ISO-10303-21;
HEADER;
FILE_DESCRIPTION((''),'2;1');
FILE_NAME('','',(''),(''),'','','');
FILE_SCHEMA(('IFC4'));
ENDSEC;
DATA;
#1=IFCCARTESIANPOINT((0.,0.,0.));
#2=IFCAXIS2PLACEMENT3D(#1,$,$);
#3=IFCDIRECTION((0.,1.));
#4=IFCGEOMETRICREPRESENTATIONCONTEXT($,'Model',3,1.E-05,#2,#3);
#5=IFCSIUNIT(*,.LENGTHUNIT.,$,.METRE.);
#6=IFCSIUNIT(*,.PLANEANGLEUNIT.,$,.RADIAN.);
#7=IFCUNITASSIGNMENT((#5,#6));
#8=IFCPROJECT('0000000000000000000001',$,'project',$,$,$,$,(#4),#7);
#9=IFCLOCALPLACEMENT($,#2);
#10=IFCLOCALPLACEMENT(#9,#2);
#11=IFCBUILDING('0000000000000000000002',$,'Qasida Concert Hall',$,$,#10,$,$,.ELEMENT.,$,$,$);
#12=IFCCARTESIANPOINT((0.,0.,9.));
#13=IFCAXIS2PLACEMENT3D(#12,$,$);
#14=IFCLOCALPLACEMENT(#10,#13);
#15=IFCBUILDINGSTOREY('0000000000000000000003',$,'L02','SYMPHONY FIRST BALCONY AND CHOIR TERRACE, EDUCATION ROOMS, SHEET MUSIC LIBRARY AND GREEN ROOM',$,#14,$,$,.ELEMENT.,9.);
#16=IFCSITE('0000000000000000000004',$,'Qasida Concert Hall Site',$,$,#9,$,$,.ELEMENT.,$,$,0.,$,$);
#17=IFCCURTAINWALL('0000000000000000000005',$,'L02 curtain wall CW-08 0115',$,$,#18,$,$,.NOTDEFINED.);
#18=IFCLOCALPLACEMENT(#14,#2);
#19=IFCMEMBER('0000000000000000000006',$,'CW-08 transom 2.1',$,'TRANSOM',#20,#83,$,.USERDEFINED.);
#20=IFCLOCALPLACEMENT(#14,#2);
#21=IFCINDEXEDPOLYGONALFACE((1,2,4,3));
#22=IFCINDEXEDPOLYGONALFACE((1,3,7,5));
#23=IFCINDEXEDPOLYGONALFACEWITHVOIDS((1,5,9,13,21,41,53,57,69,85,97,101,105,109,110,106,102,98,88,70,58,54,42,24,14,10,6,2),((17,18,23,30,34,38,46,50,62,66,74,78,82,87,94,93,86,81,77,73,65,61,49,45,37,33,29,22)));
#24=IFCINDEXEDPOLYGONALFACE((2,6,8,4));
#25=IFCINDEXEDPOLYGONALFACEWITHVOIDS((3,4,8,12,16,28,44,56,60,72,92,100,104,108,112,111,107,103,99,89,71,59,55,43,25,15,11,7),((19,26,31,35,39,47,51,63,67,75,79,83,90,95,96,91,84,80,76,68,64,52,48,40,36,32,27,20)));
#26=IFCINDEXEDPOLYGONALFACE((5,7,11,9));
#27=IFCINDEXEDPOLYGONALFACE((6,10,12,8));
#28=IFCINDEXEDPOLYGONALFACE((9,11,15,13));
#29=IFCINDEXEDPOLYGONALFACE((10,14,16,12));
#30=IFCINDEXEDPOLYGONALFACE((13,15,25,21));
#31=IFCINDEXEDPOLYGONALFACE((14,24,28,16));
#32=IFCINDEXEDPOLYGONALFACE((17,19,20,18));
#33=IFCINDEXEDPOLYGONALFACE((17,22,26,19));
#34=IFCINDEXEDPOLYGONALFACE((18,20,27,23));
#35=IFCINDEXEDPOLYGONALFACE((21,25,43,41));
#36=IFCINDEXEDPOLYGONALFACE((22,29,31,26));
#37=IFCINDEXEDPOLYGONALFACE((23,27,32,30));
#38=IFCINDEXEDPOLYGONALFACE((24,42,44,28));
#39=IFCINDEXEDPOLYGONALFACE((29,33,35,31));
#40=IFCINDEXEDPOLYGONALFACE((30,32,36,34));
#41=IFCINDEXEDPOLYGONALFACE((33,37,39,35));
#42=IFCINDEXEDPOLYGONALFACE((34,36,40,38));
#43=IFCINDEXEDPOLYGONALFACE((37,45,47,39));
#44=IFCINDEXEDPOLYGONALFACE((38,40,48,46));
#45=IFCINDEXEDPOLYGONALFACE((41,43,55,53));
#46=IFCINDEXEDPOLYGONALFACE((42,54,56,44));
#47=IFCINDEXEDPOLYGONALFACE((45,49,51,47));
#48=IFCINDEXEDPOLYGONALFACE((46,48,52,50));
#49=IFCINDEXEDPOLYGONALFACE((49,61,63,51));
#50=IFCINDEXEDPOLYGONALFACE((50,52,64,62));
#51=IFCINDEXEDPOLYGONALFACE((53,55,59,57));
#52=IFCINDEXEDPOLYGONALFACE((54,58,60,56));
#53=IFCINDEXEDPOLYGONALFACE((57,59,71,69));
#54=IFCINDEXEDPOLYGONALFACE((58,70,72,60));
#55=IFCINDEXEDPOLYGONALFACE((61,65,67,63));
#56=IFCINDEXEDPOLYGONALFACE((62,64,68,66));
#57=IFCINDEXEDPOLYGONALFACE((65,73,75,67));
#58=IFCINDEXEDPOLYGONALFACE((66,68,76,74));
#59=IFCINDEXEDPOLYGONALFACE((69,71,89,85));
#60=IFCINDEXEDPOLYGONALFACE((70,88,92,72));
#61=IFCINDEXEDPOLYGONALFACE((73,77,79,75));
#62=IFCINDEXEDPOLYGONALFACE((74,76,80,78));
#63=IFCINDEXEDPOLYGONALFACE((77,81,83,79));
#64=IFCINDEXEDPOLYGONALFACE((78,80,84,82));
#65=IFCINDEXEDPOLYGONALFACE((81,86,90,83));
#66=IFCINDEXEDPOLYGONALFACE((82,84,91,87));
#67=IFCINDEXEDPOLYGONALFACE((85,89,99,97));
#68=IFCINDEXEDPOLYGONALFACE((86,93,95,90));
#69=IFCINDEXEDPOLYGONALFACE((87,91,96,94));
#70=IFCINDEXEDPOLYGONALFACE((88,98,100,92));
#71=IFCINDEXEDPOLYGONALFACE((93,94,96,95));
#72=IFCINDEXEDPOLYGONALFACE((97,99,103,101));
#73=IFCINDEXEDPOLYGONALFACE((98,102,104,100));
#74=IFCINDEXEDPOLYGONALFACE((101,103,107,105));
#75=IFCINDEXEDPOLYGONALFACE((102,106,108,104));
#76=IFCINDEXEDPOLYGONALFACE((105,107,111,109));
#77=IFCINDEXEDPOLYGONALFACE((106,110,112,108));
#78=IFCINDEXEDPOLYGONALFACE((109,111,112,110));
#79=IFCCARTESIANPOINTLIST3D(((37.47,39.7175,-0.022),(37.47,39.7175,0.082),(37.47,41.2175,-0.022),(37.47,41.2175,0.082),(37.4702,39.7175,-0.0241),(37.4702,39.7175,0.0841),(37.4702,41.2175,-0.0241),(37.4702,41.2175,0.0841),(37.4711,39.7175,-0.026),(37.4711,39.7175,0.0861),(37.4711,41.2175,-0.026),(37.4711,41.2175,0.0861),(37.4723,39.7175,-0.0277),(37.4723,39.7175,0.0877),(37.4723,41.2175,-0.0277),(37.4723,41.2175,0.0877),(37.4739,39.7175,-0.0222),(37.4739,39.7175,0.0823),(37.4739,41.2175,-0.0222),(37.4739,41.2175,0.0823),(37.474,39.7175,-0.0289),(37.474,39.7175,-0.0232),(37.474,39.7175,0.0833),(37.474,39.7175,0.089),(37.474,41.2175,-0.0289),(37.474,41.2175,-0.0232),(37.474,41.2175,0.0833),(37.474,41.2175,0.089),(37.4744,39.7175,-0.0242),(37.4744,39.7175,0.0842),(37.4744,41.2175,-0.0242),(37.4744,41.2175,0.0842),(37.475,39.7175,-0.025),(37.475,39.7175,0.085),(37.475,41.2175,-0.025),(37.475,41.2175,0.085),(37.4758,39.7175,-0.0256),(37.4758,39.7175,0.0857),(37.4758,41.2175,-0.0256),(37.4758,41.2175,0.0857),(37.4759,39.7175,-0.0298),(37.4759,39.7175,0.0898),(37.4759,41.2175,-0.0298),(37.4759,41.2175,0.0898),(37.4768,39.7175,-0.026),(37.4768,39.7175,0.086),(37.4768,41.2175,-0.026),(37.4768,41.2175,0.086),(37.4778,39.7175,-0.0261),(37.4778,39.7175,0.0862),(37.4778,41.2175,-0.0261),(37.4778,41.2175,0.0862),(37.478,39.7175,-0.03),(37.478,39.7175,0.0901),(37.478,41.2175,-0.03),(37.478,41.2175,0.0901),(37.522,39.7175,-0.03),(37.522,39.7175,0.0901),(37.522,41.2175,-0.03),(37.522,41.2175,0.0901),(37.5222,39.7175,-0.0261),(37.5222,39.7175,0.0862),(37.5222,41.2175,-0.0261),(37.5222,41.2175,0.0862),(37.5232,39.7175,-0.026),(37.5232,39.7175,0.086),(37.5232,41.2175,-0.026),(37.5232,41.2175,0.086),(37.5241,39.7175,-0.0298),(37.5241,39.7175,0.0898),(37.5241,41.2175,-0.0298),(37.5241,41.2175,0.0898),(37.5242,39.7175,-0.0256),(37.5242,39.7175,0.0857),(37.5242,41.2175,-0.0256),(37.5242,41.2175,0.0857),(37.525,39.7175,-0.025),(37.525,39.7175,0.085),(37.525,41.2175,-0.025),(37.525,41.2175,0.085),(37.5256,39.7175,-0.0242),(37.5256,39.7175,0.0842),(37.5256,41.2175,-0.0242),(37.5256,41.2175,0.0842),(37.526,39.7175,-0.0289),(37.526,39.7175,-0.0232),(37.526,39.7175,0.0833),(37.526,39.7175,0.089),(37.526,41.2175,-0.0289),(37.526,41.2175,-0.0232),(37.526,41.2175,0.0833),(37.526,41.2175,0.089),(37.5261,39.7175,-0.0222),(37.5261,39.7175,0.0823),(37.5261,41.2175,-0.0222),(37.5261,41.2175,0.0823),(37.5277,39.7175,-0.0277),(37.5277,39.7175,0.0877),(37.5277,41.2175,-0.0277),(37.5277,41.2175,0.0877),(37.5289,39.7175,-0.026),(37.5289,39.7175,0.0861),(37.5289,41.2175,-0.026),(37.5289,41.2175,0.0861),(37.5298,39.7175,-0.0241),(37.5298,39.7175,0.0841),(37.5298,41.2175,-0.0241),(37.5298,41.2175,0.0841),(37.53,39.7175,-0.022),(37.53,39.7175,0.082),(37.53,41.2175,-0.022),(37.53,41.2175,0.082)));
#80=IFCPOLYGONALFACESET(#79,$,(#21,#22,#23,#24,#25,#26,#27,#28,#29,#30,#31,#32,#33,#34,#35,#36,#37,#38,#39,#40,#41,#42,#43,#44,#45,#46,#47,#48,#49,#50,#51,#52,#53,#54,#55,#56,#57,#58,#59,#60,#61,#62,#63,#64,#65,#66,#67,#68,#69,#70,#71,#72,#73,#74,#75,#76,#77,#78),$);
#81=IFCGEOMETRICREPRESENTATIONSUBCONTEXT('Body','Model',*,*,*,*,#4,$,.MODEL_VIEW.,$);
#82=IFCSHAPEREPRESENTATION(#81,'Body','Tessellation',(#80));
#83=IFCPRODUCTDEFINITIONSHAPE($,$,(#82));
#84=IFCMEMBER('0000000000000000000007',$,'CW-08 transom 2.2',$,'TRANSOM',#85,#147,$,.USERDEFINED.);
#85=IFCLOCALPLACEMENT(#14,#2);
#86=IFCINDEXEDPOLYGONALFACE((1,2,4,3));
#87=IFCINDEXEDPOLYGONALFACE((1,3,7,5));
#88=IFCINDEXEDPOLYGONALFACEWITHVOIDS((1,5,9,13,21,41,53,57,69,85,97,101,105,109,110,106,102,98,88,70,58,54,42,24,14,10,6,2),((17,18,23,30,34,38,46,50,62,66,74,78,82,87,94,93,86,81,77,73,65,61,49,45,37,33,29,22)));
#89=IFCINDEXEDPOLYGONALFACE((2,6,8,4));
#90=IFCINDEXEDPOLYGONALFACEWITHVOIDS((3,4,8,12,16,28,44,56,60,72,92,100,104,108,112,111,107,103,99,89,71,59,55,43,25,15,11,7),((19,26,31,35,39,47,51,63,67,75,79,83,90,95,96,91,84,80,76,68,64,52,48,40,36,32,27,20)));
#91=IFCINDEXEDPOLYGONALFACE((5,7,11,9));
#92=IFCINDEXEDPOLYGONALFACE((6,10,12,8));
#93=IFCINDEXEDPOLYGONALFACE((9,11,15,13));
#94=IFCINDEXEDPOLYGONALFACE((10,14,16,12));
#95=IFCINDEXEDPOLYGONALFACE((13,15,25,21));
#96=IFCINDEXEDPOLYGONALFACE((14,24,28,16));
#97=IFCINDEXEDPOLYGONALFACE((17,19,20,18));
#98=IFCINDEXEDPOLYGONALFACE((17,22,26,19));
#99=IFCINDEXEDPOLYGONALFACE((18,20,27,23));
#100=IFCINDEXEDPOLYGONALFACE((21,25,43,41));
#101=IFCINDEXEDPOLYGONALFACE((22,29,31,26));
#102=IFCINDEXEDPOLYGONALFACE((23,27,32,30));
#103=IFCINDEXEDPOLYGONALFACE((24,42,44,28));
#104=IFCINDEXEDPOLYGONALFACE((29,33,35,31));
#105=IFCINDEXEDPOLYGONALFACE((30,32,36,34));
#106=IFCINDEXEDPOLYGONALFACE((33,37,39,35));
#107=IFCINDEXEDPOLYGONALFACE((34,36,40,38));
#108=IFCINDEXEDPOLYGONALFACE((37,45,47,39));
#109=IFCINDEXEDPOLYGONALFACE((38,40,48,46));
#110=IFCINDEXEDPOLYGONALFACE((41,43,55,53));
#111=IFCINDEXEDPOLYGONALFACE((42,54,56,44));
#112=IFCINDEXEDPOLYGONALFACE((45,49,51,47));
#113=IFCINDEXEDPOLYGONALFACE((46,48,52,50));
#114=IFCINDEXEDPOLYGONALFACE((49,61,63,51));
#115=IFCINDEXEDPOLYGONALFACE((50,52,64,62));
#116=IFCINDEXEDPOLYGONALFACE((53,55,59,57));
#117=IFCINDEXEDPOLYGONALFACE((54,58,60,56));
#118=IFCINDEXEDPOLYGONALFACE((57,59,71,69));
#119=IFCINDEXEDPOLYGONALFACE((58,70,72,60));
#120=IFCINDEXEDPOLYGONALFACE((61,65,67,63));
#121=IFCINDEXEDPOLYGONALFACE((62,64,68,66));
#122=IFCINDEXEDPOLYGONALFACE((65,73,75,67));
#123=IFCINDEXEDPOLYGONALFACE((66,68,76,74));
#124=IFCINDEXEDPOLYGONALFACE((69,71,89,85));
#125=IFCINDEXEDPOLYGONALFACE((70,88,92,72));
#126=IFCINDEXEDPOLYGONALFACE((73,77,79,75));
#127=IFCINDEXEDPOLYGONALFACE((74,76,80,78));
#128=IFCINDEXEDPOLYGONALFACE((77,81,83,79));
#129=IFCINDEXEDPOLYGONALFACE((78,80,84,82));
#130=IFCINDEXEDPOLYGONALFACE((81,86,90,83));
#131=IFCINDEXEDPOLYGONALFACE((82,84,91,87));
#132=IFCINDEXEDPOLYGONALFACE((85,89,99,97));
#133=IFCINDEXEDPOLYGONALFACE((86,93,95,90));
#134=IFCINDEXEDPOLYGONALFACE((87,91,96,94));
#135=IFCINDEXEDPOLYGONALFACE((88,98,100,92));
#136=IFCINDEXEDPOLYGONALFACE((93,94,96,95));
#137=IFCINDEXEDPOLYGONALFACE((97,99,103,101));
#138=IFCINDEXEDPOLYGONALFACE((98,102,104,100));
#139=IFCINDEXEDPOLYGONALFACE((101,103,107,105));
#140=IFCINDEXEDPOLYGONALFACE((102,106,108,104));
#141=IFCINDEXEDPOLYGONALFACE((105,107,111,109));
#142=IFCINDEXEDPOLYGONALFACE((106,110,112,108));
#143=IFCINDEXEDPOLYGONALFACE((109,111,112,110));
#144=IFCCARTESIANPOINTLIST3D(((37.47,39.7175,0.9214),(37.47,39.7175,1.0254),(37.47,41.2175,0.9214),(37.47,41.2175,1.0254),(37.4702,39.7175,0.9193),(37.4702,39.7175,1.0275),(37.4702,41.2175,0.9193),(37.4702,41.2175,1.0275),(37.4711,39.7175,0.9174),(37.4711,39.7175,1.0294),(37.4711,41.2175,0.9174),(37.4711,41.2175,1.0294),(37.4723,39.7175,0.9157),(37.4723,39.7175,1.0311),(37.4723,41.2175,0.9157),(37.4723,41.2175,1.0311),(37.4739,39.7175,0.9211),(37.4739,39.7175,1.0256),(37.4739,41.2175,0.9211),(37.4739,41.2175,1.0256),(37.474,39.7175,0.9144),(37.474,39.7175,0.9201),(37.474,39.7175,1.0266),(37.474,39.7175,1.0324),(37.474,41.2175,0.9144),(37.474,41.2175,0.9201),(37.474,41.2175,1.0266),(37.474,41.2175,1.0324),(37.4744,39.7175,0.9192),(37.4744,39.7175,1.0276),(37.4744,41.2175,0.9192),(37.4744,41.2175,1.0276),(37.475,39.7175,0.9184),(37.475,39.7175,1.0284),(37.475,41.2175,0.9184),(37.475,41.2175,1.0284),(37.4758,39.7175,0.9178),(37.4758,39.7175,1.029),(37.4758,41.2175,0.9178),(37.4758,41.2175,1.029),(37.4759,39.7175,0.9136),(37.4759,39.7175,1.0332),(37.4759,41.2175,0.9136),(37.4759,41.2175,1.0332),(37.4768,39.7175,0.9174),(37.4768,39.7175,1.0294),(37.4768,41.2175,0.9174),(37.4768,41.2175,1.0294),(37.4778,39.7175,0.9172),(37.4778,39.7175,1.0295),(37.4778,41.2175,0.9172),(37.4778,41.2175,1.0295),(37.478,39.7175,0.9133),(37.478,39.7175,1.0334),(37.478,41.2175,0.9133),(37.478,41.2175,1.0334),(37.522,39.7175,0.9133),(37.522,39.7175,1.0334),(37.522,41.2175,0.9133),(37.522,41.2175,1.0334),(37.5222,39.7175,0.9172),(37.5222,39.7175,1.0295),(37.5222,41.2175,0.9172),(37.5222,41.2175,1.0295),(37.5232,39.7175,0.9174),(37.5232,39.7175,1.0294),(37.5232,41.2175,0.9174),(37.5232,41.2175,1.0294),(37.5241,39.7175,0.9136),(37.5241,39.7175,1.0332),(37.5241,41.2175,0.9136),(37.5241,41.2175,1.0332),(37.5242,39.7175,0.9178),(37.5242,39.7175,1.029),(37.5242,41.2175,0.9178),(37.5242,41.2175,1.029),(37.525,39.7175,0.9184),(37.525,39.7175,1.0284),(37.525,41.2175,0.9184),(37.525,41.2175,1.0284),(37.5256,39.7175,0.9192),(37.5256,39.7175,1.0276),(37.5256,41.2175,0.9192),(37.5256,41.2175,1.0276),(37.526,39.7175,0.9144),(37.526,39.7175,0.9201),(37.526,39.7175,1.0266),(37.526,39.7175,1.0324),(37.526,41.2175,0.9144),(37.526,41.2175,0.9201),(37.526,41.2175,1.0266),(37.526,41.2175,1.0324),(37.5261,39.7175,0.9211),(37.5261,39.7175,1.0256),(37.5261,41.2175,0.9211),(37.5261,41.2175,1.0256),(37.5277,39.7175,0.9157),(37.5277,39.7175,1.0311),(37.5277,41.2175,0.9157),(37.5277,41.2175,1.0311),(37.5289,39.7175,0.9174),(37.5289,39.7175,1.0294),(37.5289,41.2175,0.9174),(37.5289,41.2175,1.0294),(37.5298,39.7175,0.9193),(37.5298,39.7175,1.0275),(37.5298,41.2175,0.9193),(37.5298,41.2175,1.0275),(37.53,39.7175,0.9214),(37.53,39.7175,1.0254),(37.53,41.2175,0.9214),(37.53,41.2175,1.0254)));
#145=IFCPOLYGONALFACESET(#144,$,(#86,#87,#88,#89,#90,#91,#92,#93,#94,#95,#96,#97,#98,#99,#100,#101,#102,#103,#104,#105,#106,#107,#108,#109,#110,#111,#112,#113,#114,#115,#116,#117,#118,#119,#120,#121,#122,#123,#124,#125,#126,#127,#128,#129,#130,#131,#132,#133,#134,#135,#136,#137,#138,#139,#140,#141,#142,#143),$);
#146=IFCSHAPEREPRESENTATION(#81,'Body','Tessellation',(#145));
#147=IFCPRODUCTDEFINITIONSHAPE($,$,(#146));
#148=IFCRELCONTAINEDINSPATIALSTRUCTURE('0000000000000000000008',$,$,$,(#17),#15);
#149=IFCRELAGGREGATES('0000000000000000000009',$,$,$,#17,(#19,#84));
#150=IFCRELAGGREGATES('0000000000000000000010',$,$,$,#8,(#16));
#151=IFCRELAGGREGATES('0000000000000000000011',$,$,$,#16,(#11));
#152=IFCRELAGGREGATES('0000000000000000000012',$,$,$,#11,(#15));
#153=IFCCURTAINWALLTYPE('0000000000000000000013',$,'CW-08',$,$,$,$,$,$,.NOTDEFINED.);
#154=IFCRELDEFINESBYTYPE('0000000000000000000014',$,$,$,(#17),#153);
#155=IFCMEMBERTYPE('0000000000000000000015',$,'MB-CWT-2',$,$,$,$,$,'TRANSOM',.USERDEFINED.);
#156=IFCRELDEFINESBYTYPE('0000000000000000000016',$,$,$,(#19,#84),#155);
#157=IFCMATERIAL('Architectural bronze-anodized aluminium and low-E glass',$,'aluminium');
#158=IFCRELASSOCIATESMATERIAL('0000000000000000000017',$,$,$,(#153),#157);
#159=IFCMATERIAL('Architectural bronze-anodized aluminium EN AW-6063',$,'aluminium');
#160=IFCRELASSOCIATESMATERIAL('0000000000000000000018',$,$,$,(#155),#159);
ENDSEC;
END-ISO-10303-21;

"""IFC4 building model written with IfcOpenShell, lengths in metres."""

from ifc_helpers import new_model, si_unit, direction, frame, origin, origin_2d, place, context, subcontext, project, spatial, hollow_rectangle, extrude, material, material_profile, profile_set, type_object, element, aggregate, save


model = new_model("IFC4")

# Units and contexts
model_context = context("Model", 3, precision=1e-05, world=origin(), true_north=direction((0.0, 1.0)))
body_context = subcontext(model_context, "Body", "Model", "MODEL_VIEW")
ifc_project = project(units=[si_unit("LENGTHUNIT", "METRE"), si_unit("PLANEANGLEUNIT", "RADIAN")], contexts=[model_context])

# Site, building, storey
site_placement = place(None, origin())
site = spatial("IfcSite", under=ifc_project, at=site_placement, Name="Qasida Concert Hall Site", CompositionType="ELEMENT", RefElevation=0.0)
building_placement = place(site_placement, origin())
building = spatial("IfcBuilding", under=site, at=building_placement, Name="Qasida Concert Hall", CompositionType="ELEMENT")
storey_placement = place(building_placement, frame((0.0, 0.0, 9.0)))
storey = spatial("IfcBuildingStorey", under=building, at=storey_placement, Name="L02", Description="SYMPHONY FIRST BALCONY AND CHOIR TERRACE, EDUCATION ROOMS, SHEET MUSIC LIBRARY AND GREEN ROOM", CompositionType="ELEMENT", Elevation=9.0)

# Curtain wall, members
ifc_material_1 = material(Name="Architectural bronze-anodized aluminium and low-E glass", Category="aluminium")
curtain_wall_type = type_object("IfcCurtainWallType", Name="CW-08", PredefinedType="NOTDEFINED", material=ifc_material_1)
curtain_wall_1_placement = place(storey_placement, origin())
curtain_wall_1 = element("IfcCurtainWall", 1, at=curtain_wall_1_placement, inside=storey, type_object=curtain_wall_type, Name="L02 curtain wall CW-08 0115", PredefinedType="NOTDEFINED")
ifc_material_2 = material(Name="Architectural bronze-anodized aluminium EN AW-6063", Category="aluminium")
ifc_material_profile_1 = material_profile(ifc_material_2, hollow_rectangle(XDim=0.0601, YDim=0.1201, WallThickness=0.0039, InnerFilletRadius=0.0039, OuterFilletRadius=0.0081, at=origin_2d()), Name="CWT 120x60x4")
ifc_profile_set_1 = profile_set([ifc_material_profile_1], Name="Architectural bronze-anodized aluminium EN AW-6063")
member_type_1 = type_object("IfcMemberType", Name="MB-CWT-2", ElementType="TRANSOM", PredefinedType="USERDEFINED", material=ifc_profile_set_1)
member_1_placement = place(storey_placement, frame((37.5, 39.7175, 0.03), z_axis=(0.0, 1.0, 0.0), x_axis=(-1.0, 0.0, 0.0)))
member_1 = element("IfcMember", 2, at=member_1_placement, type_object=member_type_1, Name="CW-08 transom 2.1", ObjectType="TRANSOM", PredefinedType="USERDEFINED", context=body_context, shape_type="SweptSolid", body=[
    extrude(hollow_rectangle(XDim=0.0601, YDim=0.1201, WallThickness=0.0039, InnerFilletRadius=0.0039, OuterFilletRadius=0.0081, at=origin_2d()), origin(), (0.0, 0.0, 1.0), 1.5),
])
member_2_placement = place(storey_placement, frame((37.5, 39.7175, 0.9734), z_axis=(0.0, 1.0, 0.0), x_axis=(-1.0, 0.0, 0.0)))
member_2 = element("IfcMember", 3, at=member_2_placement, type_object=member_type_1, Name="CW-08 transom 2.2", ObjectType="TRANSOM", PredefinedType="USERDEFINED", context=body_context, shape_type="SweptSolid", body=[
    extrude(hollow_rectangle(XDim=0.0601, YDim=0.1201, WallThickness=0.0039, InnerFilletRadius=0.0039, OuterFilletRadius=0.0081, at=origin_2d()), origin(), (0.0, 0.0, 1.0), 1.5),
])
aggregate(curtain_wall_1, [member_1, member_2])

save(model, "model.ifc")
